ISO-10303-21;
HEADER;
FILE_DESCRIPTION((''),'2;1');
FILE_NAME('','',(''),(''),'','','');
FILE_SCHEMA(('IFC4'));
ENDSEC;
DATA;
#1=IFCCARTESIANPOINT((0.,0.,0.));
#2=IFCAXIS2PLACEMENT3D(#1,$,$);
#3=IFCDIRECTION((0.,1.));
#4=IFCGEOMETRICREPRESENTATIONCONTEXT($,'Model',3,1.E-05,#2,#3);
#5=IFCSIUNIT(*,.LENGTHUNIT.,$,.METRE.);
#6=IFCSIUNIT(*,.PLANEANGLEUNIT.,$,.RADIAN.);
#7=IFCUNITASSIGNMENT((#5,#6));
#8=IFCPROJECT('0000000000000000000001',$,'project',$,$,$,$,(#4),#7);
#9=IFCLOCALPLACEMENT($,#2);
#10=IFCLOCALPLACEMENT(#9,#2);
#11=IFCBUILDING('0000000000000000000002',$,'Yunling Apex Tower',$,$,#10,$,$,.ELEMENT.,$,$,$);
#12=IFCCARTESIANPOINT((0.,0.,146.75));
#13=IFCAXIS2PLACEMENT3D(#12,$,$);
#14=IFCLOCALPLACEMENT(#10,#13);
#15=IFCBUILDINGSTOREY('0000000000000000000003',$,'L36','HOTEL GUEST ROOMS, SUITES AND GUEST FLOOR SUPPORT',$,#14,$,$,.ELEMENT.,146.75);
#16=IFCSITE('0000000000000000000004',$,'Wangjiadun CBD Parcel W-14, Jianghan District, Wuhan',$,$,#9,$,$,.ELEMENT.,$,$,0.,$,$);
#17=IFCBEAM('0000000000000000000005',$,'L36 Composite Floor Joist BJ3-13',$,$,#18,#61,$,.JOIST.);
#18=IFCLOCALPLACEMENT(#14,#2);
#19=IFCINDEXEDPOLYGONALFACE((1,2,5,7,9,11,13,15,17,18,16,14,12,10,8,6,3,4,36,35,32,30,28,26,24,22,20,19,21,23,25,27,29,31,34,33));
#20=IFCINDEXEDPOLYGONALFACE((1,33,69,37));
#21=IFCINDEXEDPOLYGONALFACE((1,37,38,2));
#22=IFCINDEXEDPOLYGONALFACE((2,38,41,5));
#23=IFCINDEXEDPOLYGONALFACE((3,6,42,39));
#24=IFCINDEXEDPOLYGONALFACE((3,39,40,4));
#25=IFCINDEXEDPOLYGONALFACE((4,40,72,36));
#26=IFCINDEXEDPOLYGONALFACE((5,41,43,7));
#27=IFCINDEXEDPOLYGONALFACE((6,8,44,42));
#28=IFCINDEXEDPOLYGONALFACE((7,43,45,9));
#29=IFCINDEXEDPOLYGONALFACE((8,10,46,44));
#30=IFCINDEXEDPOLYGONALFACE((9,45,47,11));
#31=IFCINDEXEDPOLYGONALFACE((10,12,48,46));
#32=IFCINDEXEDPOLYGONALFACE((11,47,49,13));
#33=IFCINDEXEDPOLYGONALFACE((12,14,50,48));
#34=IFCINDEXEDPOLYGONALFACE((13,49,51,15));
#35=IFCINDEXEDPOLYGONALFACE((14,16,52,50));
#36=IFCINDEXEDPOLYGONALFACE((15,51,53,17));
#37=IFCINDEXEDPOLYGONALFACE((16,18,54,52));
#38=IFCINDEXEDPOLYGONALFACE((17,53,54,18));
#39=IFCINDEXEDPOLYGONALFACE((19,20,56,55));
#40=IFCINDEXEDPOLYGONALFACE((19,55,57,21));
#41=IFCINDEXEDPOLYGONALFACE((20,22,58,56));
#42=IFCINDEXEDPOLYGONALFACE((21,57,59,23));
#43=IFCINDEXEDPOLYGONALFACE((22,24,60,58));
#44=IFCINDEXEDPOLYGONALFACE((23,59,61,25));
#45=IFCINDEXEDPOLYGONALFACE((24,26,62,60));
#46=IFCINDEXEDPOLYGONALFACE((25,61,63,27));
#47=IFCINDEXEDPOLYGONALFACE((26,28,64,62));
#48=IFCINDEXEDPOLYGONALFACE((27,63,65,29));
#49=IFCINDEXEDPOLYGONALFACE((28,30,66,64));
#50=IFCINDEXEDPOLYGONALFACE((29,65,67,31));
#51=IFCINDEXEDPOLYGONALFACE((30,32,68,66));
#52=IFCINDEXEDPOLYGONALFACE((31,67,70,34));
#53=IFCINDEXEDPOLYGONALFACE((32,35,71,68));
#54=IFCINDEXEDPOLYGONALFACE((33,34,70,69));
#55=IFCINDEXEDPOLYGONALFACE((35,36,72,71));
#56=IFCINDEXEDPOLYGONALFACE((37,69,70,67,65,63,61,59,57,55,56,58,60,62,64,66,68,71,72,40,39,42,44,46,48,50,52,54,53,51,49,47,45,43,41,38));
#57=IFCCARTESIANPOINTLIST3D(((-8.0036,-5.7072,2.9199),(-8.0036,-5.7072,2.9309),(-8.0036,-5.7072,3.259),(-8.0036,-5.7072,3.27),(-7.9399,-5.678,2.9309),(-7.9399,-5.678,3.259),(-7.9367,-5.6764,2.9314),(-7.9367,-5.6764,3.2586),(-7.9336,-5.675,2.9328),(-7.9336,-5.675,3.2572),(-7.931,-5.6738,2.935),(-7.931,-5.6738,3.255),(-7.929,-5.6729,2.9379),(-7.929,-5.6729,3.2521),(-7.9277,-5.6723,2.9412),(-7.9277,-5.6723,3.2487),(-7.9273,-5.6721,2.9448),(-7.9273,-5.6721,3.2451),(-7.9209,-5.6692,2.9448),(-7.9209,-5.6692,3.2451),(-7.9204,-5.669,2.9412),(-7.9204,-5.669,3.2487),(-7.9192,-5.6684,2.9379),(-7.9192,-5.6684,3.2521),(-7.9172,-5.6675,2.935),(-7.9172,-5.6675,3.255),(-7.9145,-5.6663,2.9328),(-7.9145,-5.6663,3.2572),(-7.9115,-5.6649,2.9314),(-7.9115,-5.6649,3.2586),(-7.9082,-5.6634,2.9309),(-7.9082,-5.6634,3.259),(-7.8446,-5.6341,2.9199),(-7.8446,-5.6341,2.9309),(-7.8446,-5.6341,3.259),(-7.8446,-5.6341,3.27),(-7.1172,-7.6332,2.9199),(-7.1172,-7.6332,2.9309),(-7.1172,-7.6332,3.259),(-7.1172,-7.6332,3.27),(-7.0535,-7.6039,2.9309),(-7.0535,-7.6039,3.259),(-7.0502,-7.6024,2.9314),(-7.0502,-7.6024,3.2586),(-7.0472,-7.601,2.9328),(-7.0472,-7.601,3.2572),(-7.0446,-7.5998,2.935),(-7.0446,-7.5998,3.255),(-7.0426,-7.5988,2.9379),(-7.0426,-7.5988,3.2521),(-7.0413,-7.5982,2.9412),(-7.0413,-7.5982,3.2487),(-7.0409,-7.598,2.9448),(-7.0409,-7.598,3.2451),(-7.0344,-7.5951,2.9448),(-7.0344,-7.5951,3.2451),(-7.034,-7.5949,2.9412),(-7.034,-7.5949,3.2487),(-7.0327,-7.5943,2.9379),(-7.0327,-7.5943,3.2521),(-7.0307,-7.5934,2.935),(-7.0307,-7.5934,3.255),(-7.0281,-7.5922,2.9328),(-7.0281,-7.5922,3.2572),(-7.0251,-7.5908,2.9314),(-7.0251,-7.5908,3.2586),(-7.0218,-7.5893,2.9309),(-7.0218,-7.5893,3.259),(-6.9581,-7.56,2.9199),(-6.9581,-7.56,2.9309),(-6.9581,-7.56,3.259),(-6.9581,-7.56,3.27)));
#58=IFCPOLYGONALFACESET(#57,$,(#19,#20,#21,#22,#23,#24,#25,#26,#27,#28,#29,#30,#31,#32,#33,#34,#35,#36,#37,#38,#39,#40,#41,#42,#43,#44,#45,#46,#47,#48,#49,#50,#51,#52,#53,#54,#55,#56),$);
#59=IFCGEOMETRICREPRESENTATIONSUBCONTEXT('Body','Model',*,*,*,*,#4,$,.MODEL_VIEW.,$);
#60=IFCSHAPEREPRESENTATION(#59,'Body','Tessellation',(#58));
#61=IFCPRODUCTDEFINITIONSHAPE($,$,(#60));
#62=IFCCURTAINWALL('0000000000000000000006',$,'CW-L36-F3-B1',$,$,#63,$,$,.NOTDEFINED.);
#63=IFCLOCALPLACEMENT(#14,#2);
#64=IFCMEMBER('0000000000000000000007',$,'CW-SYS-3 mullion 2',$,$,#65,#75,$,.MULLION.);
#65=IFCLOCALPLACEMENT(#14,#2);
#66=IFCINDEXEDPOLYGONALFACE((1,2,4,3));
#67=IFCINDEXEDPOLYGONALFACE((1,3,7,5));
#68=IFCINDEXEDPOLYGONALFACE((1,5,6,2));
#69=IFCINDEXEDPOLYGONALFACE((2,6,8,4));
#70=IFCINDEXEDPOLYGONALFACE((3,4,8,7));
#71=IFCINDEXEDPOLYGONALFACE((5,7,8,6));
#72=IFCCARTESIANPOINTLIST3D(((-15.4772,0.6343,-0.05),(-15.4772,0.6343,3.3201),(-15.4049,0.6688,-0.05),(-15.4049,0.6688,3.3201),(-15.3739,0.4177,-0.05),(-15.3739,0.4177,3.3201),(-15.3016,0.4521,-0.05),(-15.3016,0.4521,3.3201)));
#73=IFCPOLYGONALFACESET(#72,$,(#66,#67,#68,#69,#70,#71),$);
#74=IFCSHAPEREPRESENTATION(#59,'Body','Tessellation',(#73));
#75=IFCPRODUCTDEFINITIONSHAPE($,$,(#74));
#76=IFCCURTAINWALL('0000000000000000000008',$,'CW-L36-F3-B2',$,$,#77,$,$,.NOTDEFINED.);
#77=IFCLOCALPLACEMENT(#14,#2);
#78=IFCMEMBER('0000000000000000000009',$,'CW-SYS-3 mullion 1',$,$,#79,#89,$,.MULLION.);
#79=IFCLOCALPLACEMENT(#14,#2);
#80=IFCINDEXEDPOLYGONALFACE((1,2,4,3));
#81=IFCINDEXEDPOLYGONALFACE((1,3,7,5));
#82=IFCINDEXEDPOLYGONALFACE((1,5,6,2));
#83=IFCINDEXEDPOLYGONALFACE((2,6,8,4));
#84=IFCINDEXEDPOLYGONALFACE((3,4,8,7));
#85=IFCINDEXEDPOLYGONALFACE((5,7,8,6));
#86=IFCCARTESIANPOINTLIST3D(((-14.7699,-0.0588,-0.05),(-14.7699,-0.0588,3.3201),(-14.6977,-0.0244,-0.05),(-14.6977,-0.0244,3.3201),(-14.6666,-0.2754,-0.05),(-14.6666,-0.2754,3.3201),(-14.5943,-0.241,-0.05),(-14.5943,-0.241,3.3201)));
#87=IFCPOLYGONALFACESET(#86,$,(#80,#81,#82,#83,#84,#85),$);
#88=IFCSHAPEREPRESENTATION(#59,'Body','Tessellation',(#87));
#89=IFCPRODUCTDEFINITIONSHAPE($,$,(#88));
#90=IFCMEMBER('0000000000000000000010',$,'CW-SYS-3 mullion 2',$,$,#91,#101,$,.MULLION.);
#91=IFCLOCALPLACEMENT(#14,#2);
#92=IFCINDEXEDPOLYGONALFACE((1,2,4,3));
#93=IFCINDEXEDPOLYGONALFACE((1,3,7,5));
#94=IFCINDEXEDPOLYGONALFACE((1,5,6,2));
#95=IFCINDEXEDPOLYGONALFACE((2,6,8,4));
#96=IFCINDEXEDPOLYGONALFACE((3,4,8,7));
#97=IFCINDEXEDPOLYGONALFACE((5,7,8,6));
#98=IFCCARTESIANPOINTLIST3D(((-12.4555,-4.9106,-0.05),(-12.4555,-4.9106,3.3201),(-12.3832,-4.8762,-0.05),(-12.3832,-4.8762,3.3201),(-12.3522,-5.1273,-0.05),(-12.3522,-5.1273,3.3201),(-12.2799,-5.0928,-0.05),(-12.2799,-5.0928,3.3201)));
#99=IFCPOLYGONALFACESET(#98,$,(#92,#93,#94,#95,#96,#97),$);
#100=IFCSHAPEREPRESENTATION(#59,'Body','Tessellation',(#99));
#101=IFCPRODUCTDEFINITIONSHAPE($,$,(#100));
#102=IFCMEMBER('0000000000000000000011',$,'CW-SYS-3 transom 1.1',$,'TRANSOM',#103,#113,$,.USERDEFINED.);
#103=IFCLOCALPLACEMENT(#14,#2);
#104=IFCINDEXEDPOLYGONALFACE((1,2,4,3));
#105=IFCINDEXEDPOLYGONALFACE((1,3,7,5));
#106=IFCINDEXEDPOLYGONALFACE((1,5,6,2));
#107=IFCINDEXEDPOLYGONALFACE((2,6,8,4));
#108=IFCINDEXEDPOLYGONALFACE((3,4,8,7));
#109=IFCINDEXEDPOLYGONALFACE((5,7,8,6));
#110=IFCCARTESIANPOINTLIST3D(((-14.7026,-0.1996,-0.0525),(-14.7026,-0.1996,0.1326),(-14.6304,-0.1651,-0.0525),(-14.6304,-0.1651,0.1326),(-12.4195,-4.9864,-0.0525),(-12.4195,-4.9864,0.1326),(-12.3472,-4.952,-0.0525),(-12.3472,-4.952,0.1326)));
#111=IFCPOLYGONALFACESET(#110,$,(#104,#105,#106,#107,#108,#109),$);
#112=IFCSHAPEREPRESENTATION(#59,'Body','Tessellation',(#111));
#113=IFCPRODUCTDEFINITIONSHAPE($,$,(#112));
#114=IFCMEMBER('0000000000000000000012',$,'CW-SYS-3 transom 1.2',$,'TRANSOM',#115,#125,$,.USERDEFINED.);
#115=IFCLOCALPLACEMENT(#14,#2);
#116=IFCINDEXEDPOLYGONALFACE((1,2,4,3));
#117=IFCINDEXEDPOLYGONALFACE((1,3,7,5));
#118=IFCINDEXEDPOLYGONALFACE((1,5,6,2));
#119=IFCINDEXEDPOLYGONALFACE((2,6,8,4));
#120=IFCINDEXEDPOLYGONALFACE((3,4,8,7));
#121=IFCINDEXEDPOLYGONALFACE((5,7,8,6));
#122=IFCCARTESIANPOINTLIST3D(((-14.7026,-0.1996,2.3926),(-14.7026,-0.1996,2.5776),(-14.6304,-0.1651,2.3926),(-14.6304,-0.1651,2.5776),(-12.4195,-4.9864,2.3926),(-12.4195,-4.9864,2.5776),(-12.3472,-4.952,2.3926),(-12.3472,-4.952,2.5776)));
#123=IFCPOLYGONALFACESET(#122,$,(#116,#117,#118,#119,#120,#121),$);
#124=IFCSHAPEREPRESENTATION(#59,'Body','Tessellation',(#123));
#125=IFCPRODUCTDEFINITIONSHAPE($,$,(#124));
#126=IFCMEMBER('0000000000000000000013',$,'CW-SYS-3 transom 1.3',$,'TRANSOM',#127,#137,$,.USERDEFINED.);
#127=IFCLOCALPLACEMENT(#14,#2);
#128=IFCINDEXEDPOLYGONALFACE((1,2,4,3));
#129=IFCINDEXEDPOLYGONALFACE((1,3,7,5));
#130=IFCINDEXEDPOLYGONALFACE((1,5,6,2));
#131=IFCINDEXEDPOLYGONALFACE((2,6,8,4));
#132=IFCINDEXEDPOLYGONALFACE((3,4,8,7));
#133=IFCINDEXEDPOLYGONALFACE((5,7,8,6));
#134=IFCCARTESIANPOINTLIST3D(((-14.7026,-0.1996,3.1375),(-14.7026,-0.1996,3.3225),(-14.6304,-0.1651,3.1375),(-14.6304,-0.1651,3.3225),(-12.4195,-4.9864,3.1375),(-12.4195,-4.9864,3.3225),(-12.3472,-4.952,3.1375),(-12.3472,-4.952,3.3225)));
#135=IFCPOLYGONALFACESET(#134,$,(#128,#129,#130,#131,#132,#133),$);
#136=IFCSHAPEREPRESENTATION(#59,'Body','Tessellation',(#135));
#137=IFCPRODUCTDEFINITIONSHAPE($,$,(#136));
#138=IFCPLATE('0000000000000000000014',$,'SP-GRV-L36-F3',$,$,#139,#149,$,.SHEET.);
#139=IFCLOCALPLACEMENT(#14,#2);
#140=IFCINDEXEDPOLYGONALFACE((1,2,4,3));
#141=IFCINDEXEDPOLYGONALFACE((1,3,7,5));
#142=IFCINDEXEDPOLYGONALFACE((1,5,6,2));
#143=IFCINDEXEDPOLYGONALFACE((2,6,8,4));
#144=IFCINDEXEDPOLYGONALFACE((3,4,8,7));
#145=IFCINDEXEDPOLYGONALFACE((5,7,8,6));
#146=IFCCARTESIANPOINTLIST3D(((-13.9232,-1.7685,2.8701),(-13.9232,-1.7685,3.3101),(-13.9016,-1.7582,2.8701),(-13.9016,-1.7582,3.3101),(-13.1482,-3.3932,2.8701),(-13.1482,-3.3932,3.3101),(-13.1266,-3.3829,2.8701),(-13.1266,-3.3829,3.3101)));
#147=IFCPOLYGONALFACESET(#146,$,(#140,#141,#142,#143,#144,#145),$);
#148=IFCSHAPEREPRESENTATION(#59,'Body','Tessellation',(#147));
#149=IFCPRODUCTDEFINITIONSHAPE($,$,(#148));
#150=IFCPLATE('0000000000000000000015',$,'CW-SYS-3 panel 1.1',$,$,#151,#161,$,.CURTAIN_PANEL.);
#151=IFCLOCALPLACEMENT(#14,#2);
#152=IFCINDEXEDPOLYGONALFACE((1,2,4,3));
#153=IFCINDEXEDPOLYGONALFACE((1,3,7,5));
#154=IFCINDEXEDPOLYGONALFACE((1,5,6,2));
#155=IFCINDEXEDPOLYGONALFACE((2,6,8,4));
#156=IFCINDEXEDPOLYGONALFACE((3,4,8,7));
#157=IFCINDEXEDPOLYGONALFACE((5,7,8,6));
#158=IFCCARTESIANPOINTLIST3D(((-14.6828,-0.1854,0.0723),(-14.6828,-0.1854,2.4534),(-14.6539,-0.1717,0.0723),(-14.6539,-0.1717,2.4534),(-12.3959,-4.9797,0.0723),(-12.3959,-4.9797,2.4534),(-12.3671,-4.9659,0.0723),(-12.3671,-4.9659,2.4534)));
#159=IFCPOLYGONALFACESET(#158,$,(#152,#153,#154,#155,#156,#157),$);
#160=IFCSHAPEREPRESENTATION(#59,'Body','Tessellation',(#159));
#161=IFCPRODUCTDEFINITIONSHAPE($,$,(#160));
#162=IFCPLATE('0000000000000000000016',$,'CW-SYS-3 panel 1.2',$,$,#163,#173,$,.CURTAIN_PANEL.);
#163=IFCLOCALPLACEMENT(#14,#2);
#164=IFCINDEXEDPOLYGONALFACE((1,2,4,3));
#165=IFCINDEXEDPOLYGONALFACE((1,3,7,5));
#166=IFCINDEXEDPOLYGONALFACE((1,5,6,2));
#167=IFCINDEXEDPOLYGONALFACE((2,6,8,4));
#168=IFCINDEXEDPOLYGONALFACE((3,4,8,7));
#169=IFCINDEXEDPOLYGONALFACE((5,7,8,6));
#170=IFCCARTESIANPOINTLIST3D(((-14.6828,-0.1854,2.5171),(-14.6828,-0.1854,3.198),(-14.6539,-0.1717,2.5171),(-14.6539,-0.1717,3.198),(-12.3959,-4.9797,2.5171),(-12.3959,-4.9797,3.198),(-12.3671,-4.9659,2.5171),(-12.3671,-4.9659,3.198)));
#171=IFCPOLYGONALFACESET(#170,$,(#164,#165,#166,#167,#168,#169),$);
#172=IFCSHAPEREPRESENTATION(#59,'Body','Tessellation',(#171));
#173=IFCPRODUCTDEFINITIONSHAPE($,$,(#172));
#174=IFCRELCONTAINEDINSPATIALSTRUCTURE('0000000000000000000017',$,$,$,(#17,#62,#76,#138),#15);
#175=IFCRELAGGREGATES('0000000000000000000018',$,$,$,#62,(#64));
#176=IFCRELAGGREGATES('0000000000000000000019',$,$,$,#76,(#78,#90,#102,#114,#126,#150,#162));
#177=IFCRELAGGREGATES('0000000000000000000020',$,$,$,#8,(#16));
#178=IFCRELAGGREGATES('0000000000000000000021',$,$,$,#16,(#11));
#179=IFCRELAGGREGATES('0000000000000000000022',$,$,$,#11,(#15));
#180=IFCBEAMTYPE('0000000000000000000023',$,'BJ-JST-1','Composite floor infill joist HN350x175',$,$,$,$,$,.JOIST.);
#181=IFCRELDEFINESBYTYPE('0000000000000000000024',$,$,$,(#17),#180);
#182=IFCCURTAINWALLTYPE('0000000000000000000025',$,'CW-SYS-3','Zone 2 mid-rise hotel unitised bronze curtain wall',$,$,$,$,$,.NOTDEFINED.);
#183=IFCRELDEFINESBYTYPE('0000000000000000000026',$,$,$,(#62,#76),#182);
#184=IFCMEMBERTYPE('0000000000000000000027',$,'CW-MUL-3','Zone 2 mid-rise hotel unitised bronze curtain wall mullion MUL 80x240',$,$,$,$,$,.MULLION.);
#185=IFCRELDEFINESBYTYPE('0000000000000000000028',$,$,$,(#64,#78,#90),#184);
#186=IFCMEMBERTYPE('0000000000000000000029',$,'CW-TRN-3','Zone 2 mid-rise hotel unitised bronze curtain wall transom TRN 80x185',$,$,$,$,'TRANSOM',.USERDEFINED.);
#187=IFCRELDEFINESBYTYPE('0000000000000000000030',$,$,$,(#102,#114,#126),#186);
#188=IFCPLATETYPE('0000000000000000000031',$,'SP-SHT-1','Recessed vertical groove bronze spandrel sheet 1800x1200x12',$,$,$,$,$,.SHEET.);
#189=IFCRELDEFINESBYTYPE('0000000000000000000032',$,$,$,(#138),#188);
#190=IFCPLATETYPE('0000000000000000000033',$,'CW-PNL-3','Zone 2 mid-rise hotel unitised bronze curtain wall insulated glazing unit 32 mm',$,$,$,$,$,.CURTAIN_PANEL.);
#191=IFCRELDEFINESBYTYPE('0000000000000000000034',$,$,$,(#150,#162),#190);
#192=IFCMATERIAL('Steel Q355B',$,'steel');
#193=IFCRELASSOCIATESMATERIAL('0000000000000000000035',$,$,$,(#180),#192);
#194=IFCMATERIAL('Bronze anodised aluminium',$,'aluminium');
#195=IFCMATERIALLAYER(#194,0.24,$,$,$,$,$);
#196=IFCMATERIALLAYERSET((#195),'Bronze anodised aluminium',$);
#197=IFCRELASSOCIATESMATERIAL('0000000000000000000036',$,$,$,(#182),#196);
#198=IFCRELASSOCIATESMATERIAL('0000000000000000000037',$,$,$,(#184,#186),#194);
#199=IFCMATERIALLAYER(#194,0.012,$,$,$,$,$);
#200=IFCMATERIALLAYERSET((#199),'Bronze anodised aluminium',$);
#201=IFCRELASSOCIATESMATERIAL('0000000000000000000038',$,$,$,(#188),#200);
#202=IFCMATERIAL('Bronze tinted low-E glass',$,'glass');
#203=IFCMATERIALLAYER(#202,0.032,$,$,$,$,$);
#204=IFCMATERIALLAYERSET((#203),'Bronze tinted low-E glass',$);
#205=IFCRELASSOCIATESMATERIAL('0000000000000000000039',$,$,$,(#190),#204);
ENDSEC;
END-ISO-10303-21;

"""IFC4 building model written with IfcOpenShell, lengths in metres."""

from ifc_helpers import new_model, si_unit, direction, frame, origin, origin_2d, place, context, subcontext, project, spatial, rectangle, i_section, extrude, source, transform, mapped, material, layer, layer_set, material_profile, profile_set, type_object, element, aggregate, save


model = new_model("IFC4")

# Units and contexts
model_context = context("Model", 3, precision=1e-05, world=origin(), true_north=direction((0.0, 1.0)))
body_context = subcontext(model_context, "Body", "Model", "MODEL_VIEW")
ifc_project = project(units=[si_unit("LENGTHUNIT", "METRE"), si_unit("PLANEANGLEUNIT", "RADIAN")], contexts=[model_context])

# Site, building, storey
site_placement = place(None, origin())
site = spatial("IfcSite", under=ifc_project, at=site_placement, Name="Wangjiadun CBD Parcel W-14, Jianghan District, Wuhan", CompositionType="ELEMENT", RefElevation=0.0)
building_placement = place(site_placement, origin())
building = spatial("IfcBuilding", under=site, at=building_placement, Name="Yunling Apex Tower", CompositionType="ELEMENT")
storey_placement = place(building_placement, frame((0.0, 0.0, 146.75)))
storey = spatial("IfcBuildingStorey", under=building, at=storey_placement, Name="L36", Description="HOTEL GUEST ROOMS, SUITES AND GUEST FLOOR SUPPORT", CompositionType="ELEMENT", Elevation=146.75)

# Beam
ifc_material_1 = material(Name="Steel Q355B", Category="steel")
ifc_material_profile_1 = material_profile(ifc_material_1, i_section(OverallWidth=0.175, OverallDepth=0.3501, WebThickness=0.0071, FlangeThickness=0.011, FilletRadius=0.0139, at=origin_2d()))
ifc_profile_set_1 = profile_set([ifc_material_profile_1], Name="Steel Q355B")
beam_type_1 = type_object("IfcBeamType", Name="BJ-JST-1", Description="Composite floor infill joist HN350x175", PredefinedType="JOIST", material=ifc_profile_set_1)
shared_shape_1 = source(origin(), body_context, "Body", "SweptSolid", [
    extrude(i_section(OverallWidth=0.175, OverallDepth=0.3501, WebThickness=0.0071, FlangeThickness=0.011, FilletRadius=0.0139, at=origin_2d()), origin(), (0.0, 0.0, 1.0), 2.1201),
])
beam_1_placement = place(storey_placement, frame((-7.9241, -5.6707, 3.095), z_axis=(0.418101, -0.9084, 0.0), x_axis=(0.9084, 0.418101, 0.0)))
element("IfcBeam", 1, at=beam_1_placement, inside=storey, type_object=beam_type_1, Name="L36 Composite Floor Joist BJ3-13", PredefinedType="JOIST", context=body_context, shape_type="MappedRepresentation", body=[
    mapped(shared_shape_1, transform((0.0, 0.0, 0.0), scale=1.0)),
])

# Curtain wall, member
ifc_material_2 = material(Name="Bronze anodised aluminium", Category="aluminium")
ifc_layer_1 = layer(ifc_material_2, 0.24)
ifc_layer_set_1 = layer_set([ifc_layer_1], Name="Bronze anodised aluminium")
curtain_wall_type = type_object("IfcCurtainWallType", Name="CW-SYS-3", Description="Zone 2 mid-rise hotel unitised bronze curtain wall", PredefinedType="NOTDEFINED", material=ifc_layer_set_1)
curtain_wall_1_placement = place(storey_placement, origin())
curtain_wall_1 = element("IfcCurtainWall", 2, at=curtain_wall_1_placement, inside=storey, type_object=curtain_wall_type, Name="CW-L36-F3-B1", PredefinedType="NOTDEFINED")
ifc_material_profile_2 = material_profile(ifc_material_2, rectangle(XDim=0.0801, YDim=0.24, at=origin_2d()))
ifc_profile_set_2 = profile_set([ifc_material_profile_2], Name="Bronze anodised aluminium")
member_type_1 = type_object("IfcMemberType", Name="CW-MUL-3", Description="Zone 2 mid-rise hotel unitised bronze curtain wall mullion MUL 80x240", PredefinedType="MULLION", material=ifc_profile_set_2)
shared_shape_2 = source(origin(), body_context, "Body", "SweptSolid", [
    extrude(rectangle(XDim=0.0801, YDim=0.24, at=origin_2d()), origin(), (0.0, 0.0, 1.0), 3.3701),
])
member_1_placement = place(storey_placement, frame((-15.3894, 0.5432, -0.05), z_axis=(0.0, 0.0, 1.0), x_axis=(0.902588, 0.430506, 0.0)))
member_1 = element("IfcMember", 3, at=member_1_placement, type_object=member_type_1, Name="CW-SYS-3 mullion 2", PredefinedType="MULLION", context=body_context, shape_type="MappedRepresentation", body=[
    mapped(shared_shape_2, transform((0.0, 0.0, 0.0), scale=1.0)),
])
aggregate(curtain_wall_1, [member_1])

# Curtain wall, members
curtain_wall_2_placement = place(storey_placement, origin())
curtain_wall_2 = element("IfcCurtainWall", 4, at=curtain_wall_2_placement, inside=storey, type_object=curtain_wall_type, Name="CW-L36-F3-B2", PredefinedType="NOTDEFINED")
member_2_placement = place(storey_placement, frame((-14.6821, -0.1499, -0.05), z_axis=(0.0, 0.0, 1.0), x_axis=(0.90258, 0.430523, 0.0)))
member_2 = element("IfcMember", 5, at=member_2_placement, type_object=member_type_1, Name="CW-SYS-3 mullion 1", PredefinedType="MULLION", context=body_context, shape_type="MappedRepresentation", body=[
    mapped(shared_shape_2, transform((0.0, 0.0, 0.0), scale=1.0)),
])
member_3_placement = place(storey_placement, frame((-12.3677, -5.0017, -0.05), z_axis=(0.0, 0.0, 1.0), x_axis=(0.90258, 0.430523, 0.0)))
member_3 = element("IfcMember", 6, at=member_3_placement, type_object=member_type_1, Name="CW-SYS-3 mullion 2", PredefinedType="MULLION", context=body_context, shape_type="MappedRepresentation", body=[
    mapped(shared_shape_2, transform((0.0, 0.0, 0.0), scale=1.0)),
])
ifc_material_profile_3 = material_profile(ifc_material_2, rectangle(XDim=0.0801, YDim=0.1851, at=origin_2d()))
ifc_profile_set_3 = profile_set([ifc_material_profile_3], Name="Bronze anodised aluminium")
member_type_2 = type_object("IfcMemberType", Name="CW-TRN-3", Description="Zone 2 mid-rise hotel unitised bronze curtain wall transom TRN 80x185", ElementType="TRANSOM", PredefinedType="USERDEFINED", material=ifc_profile_set_3)
shared_shape_3 = source(origin(), body_context, "Body", "SweptSolid", [
    extrude(rectangle(XDim=0.0801, YDim=0.1851, at=origin_2d()), origin(), (0.0, 0.0, 1.0), 5.3035),
])
member_4_placement = place(storey_placement, frame((-14.6665, -0.1824, 0.04), z_axis=(0.430509, -0.902586, 0.0), x_axis=(0.902586, 0.430509, 0.0)))
member_4 = element("IfcMember", 7, at=member_4_placement, type_object=member_type_2, Name="CW-SYS-3 transom 1.1", ObjectType="TRANSOM", PredefinedType="USERDEFINED", context=body_context, shape_type="MappedRepresentation", body=[
    mapped(shared_shape_3, transform((0.0, 0.0, 0.0), scale=1.0)),
])
member_5_placement = place(storey_placement, frame((-14.6665, -0.1824, 2.4851), z_axis=(0.430509, -0.902586, 0.0), x_axis=(0.902586, 0.430509, 0.0)))
member_5 = element("IfcMember", 8, at=member_5_placement, type_object=member_type_2, Name="CW-SYS-3 transom 1.2", ObjectType="TRANSOM", PredefinedType="USERDEFINED", context=body_context, shape_type="MappedRepresentation", body=[
    mapped(shared_shape_3, transform((0.0, 0.0, 0.0), scale=1.0)),
])
member_6_placement = place(storey_placement, frame((-14.6665, -0.1824, 3.23), z_axis=(0.430509, -0.902586, 0.0), x_axis=(0.902586, 0.430509, 0.0)))
member_6 = element("IfcMember", 9, at=member_6_placement, type_object=member_type_2, Name="CW-SYS-3 transom 1.3", ObjectType="TRANSOM", PredefinedType="USERDEFINED", context=body_context, shape_type="MappedRepresentation", body=[
    mapped(shared_shape_3, transform((0.0, 0.0, 0.0), scale=1.0)),
])

# Plates
ifc_layer_2 = layer(ifc_material_2, 0.012)
ifc_layer_set_2 = layer_set([ifc_layer_2], Name="Bronze anodised aluminium")
plate_type_1 = type_object("IfcPlateType", Name="SP-SHT-1", Description="Recessed vertical groove bronze spandrel sheet 1800x1200x12", PredefinedType="SHEET", material=ifc_layer_set_2)
shared_shape_4 = source(origin(), body_context, "Body", "SweptSolid", [
    extrude(rectangle(XDim=1.8, YDim=0.0239, at=origin_2d()), origin(), (0.0, 0.0, 1.0), 0.4399),
])
plate_1_placement = place(storey_placement, frame((-13.5249, -2.5757, 2.8701), z_axis=(0.0, 0.0, 1.0), x_axis=(0.430511, -0.902585, 0.0)))
element("IfcPlate", 10, at=plate_1_placement, inside=storey, type_object=plate_type_1, Name="SP-GRV-L36-F3", PredefinedType="SHEET", context=body_context, shape_type="MappedRepresentation", body=[
    mapped(shared_shape_4, transform((0.0, 0.0, 0.0), scale=1.0)),
])
ifc_material_3 = material(Name="Bronze tinted low-E glass", Category="glass")
ifc_layer_3 = layer(ifc_material_3, 0.032)
ifc_layer_set_3 = layer_set([ifc_layer_3], Name="Bronze tinted low-E glass")
plate_type_2 = type_object("IfcPlateType", Name="CW-PNL-3", Description="Zone 2 mid-rise hotel unitised bronze curtain wall insulated glazing unit 32 mm", PredefinedType="CURTAIN_PANEL", material=ifc_layer_set_3)
shared_shape_5 = source(origin(), body_context, "Body", "SweptSolid", [
    extrude(rectangle(XDim=5.3118, YDim=0.032, at=origin_2d()), origin(), (0.0, 0.0, 1.0), 2.3811),
])
plate_2_placement = place(storey_placement, frame((-13.5249, -2.5757, 0.0723), z_axis=(0.0, 0.0, 1.0), x_axis=(0.430523, -0.90258, 0.0)))
plate_2 = element("IfcPlate", 11, at=plate_2_placement, type_object=plate_type_2, Name="CW-SYS-3 panel 1.1", PredefinedType="CURTAIN_PANEL", context=body_context, shape_type="MappedRepresentation", body=[
    mapped(shared_shape_5, transform((0.0, 0.0, 0.0), scale=1.0)),
])
shared_shape_6 = source(origin(), body_context, "Body", "SweptSolid", [
    extrude(rectangle(XDim=5.3118, YDim=0.032, at=origin_2d()), origin(), (0.0, 0.0, 1.0), 0.6809),
])
plate_3_placement = place(storey_placement, frame((-13.5249, -2.5757, 2.5171), z_axis=(0.0, 0.0, 1.0), x_axis=(0.430523, -0.90258, 0.0)))
plate_3 = element("IfcPlate", 12, at=plate_3_placement, type_object=plate_type_2, Name="CW-SYS-3 panel 1.2", PredefinedType="CURTAIN_PANEL", context=body_context, shape_type="MappedRepresentation", body=[
    mapped(shared_shape_6, transform((0.0, 0.0, 0.0), scale=1.0)),
])
aggregate(curtain_wall_2, [member_2, member_3, member_4, member_5, member_6, plate_2, plate_3])

save(model, "model.ifc")
